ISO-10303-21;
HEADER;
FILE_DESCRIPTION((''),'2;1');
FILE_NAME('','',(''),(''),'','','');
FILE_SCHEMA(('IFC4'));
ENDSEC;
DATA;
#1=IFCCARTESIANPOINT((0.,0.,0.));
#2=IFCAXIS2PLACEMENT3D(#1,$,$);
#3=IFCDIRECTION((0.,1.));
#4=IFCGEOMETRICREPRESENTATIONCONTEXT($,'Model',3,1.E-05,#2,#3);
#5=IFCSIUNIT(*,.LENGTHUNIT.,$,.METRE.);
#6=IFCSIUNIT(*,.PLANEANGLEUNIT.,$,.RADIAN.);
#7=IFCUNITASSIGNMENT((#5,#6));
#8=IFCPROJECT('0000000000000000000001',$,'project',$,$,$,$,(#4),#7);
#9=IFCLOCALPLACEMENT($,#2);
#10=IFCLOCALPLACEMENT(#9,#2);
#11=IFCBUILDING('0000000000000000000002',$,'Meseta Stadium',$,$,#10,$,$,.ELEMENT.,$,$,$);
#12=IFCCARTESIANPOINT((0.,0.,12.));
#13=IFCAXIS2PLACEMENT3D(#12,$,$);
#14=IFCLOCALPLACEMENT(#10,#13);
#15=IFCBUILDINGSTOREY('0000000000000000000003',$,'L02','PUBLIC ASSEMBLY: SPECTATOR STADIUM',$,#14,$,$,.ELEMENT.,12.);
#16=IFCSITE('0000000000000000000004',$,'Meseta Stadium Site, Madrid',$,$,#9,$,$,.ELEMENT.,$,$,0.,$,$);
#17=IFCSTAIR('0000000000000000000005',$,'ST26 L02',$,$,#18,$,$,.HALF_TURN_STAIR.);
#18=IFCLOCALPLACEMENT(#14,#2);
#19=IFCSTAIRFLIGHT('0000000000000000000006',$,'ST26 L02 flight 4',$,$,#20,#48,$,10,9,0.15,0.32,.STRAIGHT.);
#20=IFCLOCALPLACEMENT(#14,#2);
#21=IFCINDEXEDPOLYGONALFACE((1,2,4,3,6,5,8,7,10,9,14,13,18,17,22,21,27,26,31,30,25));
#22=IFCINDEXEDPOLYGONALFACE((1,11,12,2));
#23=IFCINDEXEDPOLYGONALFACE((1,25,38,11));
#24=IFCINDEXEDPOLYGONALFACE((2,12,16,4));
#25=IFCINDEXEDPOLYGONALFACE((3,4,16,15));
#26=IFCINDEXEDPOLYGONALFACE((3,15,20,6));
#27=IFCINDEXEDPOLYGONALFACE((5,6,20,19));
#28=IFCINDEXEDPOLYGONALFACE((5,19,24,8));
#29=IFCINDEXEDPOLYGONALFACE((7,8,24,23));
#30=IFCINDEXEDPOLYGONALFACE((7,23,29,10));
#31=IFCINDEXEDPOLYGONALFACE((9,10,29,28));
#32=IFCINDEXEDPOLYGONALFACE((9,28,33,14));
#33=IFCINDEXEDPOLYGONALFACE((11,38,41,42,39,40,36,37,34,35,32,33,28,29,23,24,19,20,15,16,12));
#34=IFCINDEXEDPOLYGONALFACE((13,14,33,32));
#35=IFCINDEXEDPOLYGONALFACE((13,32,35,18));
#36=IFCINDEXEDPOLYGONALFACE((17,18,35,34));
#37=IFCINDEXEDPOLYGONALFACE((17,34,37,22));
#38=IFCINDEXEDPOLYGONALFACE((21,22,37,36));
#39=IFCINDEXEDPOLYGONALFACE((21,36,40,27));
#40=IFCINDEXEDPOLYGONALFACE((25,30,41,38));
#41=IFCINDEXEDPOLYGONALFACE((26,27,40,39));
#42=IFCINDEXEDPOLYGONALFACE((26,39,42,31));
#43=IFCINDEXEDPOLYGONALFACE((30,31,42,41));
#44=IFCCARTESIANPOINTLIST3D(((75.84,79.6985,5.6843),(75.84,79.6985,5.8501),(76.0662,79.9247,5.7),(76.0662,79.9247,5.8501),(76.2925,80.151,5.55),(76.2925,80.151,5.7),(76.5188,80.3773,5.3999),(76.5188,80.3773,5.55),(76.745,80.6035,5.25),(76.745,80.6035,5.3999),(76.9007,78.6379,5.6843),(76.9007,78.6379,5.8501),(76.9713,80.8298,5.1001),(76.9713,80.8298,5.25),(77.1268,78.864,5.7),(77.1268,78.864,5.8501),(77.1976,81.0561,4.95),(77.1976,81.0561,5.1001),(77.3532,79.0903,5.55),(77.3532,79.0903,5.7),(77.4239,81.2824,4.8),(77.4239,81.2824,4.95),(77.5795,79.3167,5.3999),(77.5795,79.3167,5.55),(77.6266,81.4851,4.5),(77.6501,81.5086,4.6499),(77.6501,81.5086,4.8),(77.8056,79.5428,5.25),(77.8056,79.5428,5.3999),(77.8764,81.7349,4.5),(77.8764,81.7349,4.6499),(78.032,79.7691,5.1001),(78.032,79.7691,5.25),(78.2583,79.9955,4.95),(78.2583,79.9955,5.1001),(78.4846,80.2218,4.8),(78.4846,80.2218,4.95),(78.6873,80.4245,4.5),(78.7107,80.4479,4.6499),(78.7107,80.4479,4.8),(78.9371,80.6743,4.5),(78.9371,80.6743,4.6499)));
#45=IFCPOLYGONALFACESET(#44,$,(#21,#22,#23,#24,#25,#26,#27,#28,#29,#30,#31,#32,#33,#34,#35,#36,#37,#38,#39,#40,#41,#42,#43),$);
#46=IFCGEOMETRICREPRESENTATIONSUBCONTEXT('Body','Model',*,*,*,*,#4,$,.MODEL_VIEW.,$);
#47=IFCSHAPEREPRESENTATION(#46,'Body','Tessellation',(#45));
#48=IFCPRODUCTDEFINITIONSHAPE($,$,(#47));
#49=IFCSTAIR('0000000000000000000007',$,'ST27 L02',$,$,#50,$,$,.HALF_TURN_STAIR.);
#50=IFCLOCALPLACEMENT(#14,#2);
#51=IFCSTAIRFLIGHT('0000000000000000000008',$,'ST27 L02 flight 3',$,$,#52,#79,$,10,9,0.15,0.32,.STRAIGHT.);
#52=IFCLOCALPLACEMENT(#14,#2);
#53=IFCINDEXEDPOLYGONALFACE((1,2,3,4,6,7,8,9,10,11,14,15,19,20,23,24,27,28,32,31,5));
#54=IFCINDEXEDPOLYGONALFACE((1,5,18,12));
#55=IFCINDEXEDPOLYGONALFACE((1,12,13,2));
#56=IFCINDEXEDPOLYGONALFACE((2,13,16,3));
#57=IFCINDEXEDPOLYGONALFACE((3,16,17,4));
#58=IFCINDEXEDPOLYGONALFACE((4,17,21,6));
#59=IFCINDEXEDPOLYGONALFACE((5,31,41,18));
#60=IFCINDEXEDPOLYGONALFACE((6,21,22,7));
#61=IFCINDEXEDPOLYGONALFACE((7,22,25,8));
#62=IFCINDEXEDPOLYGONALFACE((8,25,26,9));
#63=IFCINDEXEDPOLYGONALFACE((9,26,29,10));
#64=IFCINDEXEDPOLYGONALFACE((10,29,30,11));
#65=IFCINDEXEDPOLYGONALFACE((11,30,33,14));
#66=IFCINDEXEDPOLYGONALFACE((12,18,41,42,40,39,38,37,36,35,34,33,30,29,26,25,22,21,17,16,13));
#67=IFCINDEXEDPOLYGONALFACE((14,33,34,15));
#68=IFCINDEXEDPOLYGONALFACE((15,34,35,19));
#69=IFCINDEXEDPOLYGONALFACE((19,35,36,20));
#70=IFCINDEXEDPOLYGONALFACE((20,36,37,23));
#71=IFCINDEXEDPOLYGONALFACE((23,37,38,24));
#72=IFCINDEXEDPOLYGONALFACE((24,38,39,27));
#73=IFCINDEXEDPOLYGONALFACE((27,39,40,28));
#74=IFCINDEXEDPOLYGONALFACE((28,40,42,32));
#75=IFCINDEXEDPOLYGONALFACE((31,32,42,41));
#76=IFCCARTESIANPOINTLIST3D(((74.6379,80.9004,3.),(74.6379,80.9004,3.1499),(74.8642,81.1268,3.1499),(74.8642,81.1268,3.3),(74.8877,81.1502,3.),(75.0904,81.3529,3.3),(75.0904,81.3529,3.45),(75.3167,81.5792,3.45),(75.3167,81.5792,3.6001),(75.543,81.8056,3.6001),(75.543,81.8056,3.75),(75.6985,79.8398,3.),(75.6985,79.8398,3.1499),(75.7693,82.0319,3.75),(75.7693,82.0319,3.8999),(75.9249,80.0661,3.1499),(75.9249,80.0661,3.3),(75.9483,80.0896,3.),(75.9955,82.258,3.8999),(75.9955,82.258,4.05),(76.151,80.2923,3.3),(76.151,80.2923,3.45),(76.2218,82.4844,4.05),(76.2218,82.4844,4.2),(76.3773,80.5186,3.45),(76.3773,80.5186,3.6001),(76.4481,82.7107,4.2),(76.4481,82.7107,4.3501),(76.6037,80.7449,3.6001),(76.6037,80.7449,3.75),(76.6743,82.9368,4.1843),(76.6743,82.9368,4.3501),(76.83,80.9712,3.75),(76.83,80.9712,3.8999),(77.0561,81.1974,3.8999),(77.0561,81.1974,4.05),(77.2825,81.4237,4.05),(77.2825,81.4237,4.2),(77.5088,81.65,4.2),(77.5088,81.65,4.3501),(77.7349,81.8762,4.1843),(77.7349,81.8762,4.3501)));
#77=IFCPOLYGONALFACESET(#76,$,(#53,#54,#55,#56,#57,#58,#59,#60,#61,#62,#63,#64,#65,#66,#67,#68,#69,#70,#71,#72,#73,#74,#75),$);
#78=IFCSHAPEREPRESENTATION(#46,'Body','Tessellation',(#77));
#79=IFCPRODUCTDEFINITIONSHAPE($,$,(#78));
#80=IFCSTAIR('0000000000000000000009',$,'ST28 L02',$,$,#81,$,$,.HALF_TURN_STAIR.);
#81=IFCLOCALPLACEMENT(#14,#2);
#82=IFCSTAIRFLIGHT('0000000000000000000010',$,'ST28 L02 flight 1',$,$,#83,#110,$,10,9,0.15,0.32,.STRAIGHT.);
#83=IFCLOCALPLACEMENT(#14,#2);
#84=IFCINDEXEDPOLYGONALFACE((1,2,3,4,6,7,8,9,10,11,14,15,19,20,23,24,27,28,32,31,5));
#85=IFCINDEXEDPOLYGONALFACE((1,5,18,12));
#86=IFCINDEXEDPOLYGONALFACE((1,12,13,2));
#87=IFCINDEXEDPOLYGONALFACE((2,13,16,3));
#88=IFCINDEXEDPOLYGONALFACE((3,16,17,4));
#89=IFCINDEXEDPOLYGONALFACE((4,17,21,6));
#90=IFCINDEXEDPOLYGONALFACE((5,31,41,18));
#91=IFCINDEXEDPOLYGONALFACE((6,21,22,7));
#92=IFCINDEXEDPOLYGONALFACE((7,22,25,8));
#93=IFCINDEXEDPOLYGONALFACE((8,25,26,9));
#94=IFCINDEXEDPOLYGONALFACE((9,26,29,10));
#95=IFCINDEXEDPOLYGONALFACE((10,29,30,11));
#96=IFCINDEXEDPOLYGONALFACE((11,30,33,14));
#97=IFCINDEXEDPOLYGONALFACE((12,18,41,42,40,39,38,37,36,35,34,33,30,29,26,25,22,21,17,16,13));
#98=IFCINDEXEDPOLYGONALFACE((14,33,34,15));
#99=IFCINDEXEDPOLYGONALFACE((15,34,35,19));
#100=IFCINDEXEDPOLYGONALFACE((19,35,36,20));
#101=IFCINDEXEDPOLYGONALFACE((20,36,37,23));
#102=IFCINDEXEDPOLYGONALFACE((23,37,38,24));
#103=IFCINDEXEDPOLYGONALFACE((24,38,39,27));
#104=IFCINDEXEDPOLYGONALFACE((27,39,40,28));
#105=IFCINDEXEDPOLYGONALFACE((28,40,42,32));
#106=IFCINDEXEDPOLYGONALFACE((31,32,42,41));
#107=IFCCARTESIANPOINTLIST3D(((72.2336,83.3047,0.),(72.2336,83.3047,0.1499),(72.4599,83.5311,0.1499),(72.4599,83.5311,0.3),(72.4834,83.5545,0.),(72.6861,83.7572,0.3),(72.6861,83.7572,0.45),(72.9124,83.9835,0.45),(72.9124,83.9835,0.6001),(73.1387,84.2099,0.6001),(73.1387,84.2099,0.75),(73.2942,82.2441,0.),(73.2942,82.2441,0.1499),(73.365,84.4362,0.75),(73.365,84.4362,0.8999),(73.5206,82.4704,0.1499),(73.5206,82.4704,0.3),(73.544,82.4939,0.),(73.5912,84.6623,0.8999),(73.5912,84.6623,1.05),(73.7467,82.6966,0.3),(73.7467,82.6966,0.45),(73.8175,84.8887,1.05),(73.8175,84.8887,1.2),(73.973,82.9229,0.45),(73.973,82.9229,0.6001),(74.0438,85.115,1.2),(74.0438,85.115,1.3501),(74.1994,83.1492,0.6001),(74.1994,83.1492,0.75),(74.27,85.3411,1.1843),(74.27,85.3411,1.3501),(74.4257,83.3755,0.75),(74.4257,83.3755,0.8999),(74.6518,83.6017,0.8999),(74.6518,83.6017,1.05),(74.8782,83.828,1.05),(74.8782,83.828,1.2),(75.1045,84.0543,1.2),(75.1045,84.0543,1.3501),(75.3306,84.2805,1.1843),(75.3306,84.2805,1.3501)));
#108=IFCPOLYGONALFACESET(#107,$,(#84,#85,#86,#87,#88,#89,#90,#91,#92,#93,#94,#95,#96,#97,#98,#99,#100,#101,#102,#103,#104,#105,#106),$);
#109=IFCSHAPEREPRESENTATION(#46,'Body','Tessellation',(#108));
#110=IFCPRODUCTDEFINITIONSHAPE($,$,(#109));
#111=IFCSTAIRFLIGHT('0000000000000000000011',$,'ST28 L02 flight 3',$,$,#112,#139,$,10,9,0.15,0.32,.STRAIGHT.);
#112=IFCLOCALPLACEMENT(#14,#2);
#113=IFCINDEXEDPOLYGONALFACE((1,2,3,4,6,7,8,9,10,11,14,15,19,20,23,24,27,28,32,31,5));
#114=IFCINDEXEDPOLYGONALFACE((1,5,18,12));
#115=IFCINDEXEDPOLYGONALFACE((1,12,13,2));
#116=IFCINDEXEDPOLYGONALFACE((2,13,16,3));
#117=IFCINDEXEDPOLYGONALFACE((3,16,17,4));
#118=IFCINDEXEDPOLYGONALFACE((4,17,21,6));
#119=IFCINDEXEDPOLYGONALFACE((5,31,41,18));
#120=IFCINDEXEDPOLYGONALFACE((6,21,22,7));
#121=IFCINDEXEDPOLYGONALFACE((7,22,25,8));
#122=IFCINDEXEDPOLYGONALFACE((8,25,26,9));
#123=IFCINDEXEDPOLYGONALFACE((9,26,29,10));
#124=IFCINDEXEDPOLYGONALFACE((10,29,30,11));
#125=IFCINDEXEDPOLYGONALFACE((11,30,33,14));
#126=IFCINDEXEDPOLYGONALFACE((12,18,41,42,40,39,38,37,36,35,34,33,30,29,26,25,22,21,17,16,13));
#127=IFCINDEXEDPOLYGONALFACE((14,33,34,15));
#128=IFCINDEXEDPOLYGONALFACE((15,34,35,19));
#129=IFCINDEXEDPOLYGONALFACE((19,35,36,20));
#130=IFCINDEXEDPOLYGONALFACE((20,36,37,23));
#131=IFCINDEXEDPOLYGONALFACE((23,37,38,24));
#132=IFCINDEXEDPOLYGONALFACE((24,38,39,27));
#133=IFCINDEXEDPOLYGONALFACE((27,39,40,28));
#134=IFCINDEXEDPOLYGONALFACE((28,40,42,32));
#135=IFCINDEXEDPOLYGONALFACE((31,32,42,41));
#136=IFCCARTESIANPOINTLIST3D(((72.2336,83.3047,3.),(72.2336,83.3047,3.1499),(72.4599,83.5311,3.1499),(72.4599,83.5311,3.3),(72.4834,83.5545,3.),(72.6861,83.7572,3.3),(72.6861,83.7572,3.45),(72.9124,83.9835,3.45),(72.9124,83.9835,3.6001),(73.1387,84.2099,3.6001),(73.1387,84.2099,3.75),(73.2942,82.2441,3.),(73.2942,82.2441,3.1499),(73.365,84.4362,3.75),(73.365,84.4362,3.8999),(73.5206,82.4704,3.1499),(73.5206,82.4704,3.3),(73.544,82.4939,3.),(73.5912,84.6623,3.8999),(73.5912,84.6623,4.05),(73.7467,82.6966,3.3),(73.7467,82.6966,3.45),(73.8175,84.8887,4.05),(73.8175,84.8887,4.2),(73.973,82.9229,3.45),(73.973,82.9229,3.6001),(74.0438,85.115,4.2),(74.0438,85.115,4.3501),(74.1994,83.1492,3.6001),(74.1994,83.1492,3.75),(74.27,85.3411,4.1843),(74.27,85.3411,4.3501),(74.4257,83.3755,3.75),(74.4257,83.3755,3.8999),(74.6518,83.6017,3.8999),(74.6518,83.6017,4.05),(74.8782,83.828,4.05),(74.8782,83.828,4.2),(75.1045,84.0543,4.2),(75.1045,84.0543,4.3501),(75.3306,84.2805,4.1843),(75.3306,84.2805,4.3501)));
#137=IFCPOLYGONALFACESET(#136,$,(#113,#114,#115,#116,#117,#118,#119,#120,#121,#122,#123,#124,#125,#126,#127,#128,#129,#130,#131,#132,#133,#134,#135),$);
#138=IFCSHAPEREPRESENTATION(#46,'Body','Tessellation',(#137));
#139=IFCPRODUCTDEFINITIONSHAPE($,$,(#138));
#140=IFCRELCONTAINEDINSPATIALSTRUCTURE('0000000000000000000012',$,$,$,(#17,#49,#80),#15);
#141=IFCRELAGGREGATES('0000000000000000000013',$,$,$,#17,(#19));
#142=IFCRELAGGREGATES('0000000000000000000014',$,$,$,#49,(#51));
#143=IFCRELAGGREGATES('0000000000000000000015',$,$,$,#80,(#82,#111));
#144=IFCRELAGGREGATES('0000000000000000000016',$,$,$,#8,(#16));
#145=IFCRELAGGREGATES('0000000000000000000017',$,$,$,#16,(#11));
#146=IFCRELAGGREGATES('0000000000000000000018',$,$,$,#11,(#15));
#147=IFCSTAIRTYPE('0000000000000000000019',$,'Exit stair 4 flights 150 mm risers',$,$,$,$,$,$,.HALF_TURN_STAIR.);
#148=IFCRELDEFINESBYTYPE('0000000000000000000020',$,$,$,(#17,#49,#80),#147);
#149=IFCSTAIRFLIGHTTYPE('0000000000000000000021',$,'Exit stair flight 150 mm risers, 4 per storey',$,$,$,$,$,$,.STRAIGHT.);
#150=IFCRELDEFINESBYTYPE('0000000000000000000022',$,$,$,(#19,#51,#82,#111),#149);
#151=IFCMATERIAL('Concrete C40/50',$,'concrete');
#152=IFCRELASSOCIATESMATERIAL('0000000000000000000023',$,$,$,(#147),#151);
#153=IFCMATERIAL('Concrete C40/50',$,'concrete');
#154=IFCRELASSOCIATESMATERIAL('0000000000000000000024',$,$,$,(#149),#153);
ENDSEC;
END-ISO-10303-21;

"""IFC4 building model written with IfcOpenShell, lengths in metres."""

from ifc_helpers import new_model, si_unit, direction, frame, origin, place, context, subcontext, project, spatial, polyline, outline, extrude, material, type_object, element, aggregate, save


model = new_model("IFC4")

# Units and contexts
model_context = context("Model", 3, precision=1e-05, world=origin(), true_north=direction((0.0, 1.0)))
body_context = subcontext(model_context, "Body", "Model", "MODEL_VIEW")
ifc_project = project(units=[si_unit("LENGTHUNIT", "METRE"), si_unit("PLANEANGLEUNIT", "RADIAN")], contexts=[model_context])

# Site, building, storey
site_placement = place(None, origin())
site = spatial("IfcSite", under=ifc_project, at=site_placement, Name="Meseta Stadium Site, Madrid", CompositionType="ELEMENT", RefElevation=0.0)
building_placement = place(site_placement, origin())
building = spatial("IfcBuilding", under=site, at=building_placement, Name="Meseta Stadium", CompositionType="ELEMENT")
storey_placement = place(building_placement, frame((0.0, 0.0, 12.0)))
storey = spatial("IfcBuildingStorey", under=building, at=storey_placement, Name="L02", Description="PUBLIC ASSEMBLY: SPECTATOR STADIUM", CompositionType="ELEMENT", Elevation=12.0)

# Stair, stair flight
ifc_material_1 = material(Name="Concrete C40/50", Category="concrete")
stair_type = type_object("IfcStairType", Name="Exit stair 4 flights 150 mm risers", PredefinedType="HALF_TURN_STAIR", material=ifc_material_1)
stair_1_placement = place(storey_placement, origin())
stair_1 = element("IfcStair", 1, at=stair_1_placement, inside=storey, type_object=stair_type, Name="ST26 L02", PredefinedType="HALF_TURN_STAIR")
ifc_material_2 = material(Name="Concrete C40/50", Category="concrete")
stair_flight_type = type_object("IfcStairFlightType", Name="Exit stair flight 150 mm risers, 4 per storey", PredefinedType="STRAIGHT", material=ifc_material_2)
stair_flight_1_placement = place(storey_placement, frame((78.4067, 81.2046, 4.5), z_axis=(0.0, 0.0, 1.0), x_axis=(-0.707107, -0.707107, 0.0)))
stair_flight_1 = element("IfcStairFlight", 2, at=stair_flight_1_placement, type_object=stair_flight_type, Name="ST26 L02 flight 4", NumberOfRisers=10, NumberOfTreads=9, PredefinedType="STRAIGHT", RiserHeight=0.15, TreadLength=0.32, context=body_context, shape_type="SweptSolid", body=[
    extrude(outline(polyline([(0.0, 0.0), (0.0, 0.1499), (0.3201, 0.1499), (0.3201, 0.3), (0.6399, 0.3), (0.6399, 0.45), (0.96, 0.45), (0.96, 0.6001), (1.28, 0.6001), (1.28, 0.75), (1.6001, 0.75), (1.6001, 0.8999), (1.9199, 0.8999), (1.9199, 1.05), (2.24, 1.05), (2.24, 1.2), (2.5601, 1.2), (2.5601, 1.3501), (2.8799, 1.3501), (2.8799, 1.1843), (0.3533, 0.0), (0.0, 0.0)])), frame((0.0, 0.75, 0.0), z_axis=(0.0, -1.0, 0.0), x_axis=(1.0, 0.0, 0.0)), (0.0, 0.0, 1.0), 1.5),
])
aggregate(stair_1, [stair_flight_1])

# Stair, stair flight
stair_2_placement = place(storey_placement, origin())
stair_2 = element("IfcStair", 3, at=stair_2_placement, inside=storey, type_object=stair_type, Name="ST27 L02", PredefinedType="HALF_TURN_STAIR")
stair_flight_2_placement = place(storey_placement, frame((75.1682, 80.3701, 3.0), z_axis=(0.0, 0.0, 1.0), x_axis=(0.707107, 0.707107, 0.0)))
stair_flight_2 = element("IfcStairFlight", 4, at=stair_flight_2_placement, type_object=stair_flight_type, Name="ST27 L02 flight 3", NumberOfRisers=10, NumberOfTreads=9, PredefinedType="STRAIGHT", RiserHeight=0.15, TreadLength=0.32, context=body_context, shape_type="SweptSolid", body=[
    extrude(outline(polyline([(0.0, 0.0), (0.0, 0.1499), (0.3201, 0.1499), (0.3201, 0.3), (0.6399, 0.3), (0.6399, 0.45), (0.96, 0.45), (0.96, 0.6001), (1.28, 0.6001), (1.28, 0.75), (1.6001, 0.75), (1.6001, 0.8999), (1.9199, 0.8999), (1.9199, 1.05), (2.24, 1.05), (2.24, 1.2), (2.5601, 1.2), (2.5601, 1.3501), (2.8799, 1.3501), (2.8799, 1.1843), (0.3533, 0.0), (0.0, 0.0)])), frame((0.0, 0.75, 0.0), z_axis=(0.0, -1.0, 0.0), x_axis=(1.0, 0.0, 0.0)), (0.0, 0.0, 1.0), 1.5),
])
aggregate(stair_2, [stair_flight_2])

# Stair, stair flights
stair_3_placement = place(storey_placement, origin())
stair_3 = element("IfcStair", 5, at=stair_3_placement, inside=storey, type_object=stair_type, Name="ST28 L02", PredefinedType="HALF_TURN_STAIR")
stair_flight_3_placement = place(storey_placement, frame((72.7639, 82.7744, 0.0), z_axis=(0.0, 0.0, 1.0), x_axis=(0.707107, 0.707107, 0.0)))
stair_flight_3 = element("IfcStairFlight", 6, at=stair_flight_3_placement, type_object=stair_flight_type, Name="ST28 L02 flight 1", NumberOfRisers=10, NumberOfTreads=9, PredefinedType="STRAIGHT", RiserHeight=0.15, TreadLength=0.32, context=body_context, shape_type="SweptSolid", body=[
    extrude(outline(polyline([(0.0, 0.0), (0.0, 0.1499), (0.3201, 0.1499), (0.3201, 0.3), (0.6399, 0.3), (0.6399, 0.45), (0.96, 0.45), (0.96, 0.6001), (1.28, 0.6001), (1.28, 0.75), (1.6001, 0.75), (1.6001, 0.8999), (1.9199, 0.8999), (1.9199, 1.05), (2.24, 1.05), (2.24, 1.2), (2.5601, 1.2), (2.5601, 1.3501), (2.8799, 1.3501), (2.8799, 1.1843), (0.3533, 0.0), (0.0, 0.0)])), frame((0.0, 0.75, 0.0), z_axis=(0.0, -1.0, 0.0), x_axis=(1.0, 0.0, 0.0)), (0.0, 0.0, 1.0), 1.5),
])
stair_flight_4_placement = place(storey_placement, frame((72.7639, 82.7744, 3.0), z_axis=(0.0, 0.0, 1.0), x_axis=(0.707107, 0.707107, 0.0)))
stair_flight_4 = element("IfcStairFlight", 7, at=stair_flight_4_placement, type_object=stair_flight_type, Name="ST28 L02 flight 3", NumberOfRisers=10, NumberOfTreads=9, PredefinedType="STRAIGHT", RiserHeight=0.15, TreadLength=0.32, context=body_context, shape_type="SweptSolid", body=[
    extrude(outline(polyline([(0.0, 0.0), (0.0, 0.1499), (0.3201, 0.1499), (0.3201, 0.3), (0.6399, 0.3), (0.6399, 0.45), (0.96, 0.45), (0.96, 0.6001), (1.28, 0.6001), (1.28, 0.75), (1.6001, 0.75), (1.6001, 0.8999), (1.9199, 0.8999), (1.9199, 1.05), (2.24, 1.05), (2.24, 1.2), (2.5601, 1.2), (2.5601, 1.3501), (2.8799, 1.3501), (2.8799, 1.1843), (0.3533, 0.0), (0.0, 0.0)])), frame((0.0, 0.75, 0.0), z_axis=(0.0, -1.0, 0.0), x_axis=(1.0, 0.0, 0.0)), (0.0, 0.0, 1.0), 1.5),
])
aggregate(stair_3, [stair_flight_3, stair_flight_4])

save(model, "model.ifc")
